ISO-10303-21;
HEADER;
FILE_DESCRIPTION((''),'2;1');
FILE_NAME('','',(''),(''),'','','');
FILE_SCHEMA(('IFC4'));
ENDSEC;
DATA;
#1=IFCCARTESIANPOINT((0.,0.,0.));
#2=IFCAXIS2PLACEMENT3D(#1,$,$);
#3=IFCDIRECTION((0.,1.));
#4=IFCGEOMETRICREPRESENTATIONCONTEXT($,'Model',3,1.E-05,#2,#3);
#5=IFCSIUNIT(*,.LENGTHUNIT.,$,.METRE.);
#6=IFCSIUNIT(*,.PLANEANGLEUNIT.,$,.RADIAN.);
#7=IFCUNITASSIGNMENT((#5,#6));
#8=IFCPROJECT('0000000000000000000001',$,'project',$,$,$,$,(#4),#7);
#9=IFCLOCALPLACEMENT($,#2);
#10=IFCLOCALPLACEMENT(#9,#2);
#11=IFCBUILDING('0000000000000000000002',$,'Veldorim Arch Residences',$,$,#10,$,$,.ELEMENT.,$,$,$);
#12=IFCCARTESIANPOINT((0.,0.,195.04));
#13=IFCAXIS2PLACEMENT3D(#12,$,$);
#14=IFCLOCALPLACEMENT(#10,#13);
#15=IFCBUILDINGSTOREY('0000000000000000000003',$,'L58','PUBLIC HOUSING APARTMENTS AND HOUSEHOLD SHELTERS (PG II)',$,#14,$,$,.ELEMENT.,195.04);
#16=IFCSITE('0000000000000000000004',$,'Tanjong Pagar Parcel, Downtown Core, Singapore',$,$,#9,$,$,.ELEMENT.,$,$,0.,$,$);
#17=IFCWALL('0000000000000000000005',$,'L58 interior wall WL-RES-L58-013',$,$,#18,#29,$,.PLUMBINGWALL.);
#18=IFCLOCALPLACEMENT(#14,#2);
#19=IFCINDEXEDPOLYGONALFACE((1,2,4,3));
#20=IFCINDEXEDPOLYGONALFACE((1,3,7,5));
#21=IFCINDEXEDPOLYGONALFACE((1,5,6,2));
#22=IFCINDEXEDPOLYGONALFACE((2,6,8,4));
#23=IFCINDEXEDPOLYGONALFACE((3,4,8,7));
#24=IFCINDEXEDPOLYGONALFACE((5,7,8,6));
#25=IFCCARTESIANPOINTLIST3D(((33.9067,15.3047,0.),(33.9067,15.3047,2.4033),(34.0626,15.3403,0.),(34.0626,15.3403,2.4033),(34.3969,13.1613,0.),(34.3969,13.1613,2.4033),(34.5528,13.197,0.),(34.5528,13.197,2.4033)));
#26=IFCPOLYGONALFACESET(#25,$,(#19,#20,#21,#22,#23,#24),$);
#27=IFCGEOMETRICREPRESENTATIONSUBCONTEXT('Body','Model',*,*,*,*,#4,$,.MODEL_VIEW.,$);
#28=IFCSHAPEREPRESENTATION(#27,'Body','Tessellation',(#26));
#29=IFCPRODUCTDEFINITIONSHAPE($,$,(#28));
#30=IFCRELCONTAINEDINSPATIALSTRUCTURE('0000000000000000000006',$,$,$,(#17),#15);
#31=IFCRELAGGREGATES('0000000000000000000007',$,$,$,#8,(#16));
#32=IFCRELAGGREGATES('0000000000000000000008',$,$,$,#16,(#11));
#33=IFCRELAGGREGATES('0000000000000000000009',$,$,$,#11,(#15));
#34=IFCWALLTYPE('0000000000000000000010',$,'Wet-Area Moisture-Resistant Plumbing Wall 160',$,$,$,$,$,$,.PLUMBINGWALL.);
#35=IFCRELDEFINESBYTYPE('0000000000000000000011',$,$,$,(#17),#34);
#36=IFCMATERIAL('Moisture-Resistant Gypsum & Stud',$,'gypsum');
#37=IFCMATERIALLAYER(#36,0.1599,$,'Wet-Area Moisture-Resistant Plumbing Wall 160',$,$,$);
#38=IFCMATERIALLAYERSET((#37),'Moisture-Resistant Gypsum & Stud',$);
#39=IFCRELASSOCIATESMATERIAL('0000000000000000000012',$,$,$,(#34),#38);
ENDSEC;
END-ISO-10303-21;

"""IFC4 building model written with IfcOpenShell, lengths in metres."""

from ifc_helpers import new_model, si_unit, direction, frame, frame_2d, origin, place, context, subcontext, project, spatial, rectangle, extrude, material, layer, layer_set, type_object, element, save


model = new_model("IFC4")

# Units and contexts
model_context = context("Model", 3, precision=1e-05, world=origin(), true_north=direction((0.0, 1.0)))
body_context = subcontext(model_context, "Body", "Model", "MODEL_VIEW")
ifc_project = project(units=[si_unit("LENGTHUNIT", "METRE"), si_unit("PLANEANGLEUNIT", "RADIAN")], contexts=[model_context])

# Site, building, storey
site_placement = place(None, origin())
site = spatial("IfcSite", under=ifc_project, at=site_placement, Name="Tanjong Pagar Parcel, Downtown Core, Singapore", CompositionType="ELEMENT", RefElevation=0.0)
building_placement = place(site_placement, origin())
building = spatial("IfcBuilding", under=site, at=building_placement, Name="Veldorim Arch Residences", CompositionType="ELEMENT")
storey_placement = place(building_placement, frame((0.0, 0.0, 195.04)))
storey = spatial("IfcBuildingStorey", under=building, at=storey_placement, Name="L58", Description="PUBLIC HOUSING APARTMENTS AND HOUSEHOLD SHELTERS (PG II)", CompositionType="ELEMENT", Elevation=195.04)

# Shared definitions
ifc_material_1 = material(Name="Moisture-Resistant Gypsum & Stud", Category="gypsum")
ifc_layer_1 = layer(ifc_material_1, 0.1599, Name="Wet-Area Moisture-Resistant Plumbing Wall 160")
ifc_layer_set_1 = layer_set([ifc_layer_1], Name="Moisture-Resistant Gypsum & Stud")
wall_type_1 = type_object("IfcWallType", Name="Wet-Area Moisture-Resistant Plumbing Wall 160", PredefinedType="PLUMBINGWALL", material=ifc_layer_set_1)

# Wall
wall_1_placement = place(storey_placement, frame((33.9846, 15.3225, 0.0), z_axis=(0.0, 0.0, 1.0), x_axis=(0.22297, -0.974825, 0.0)))
element("IfcWall", 1, at=wall_1_placement, inside=storey, type_object=wall_type_1, Name="L58 interior wall WL-RES-L58-013", PredefinedType="PLUMBINGWALL", context=body_context, shape_type="SweptSolid", body=[
    extrude(rectangle(XDim=2.1987, YDim=0.1599, at=frame_2d((1.0994, 0.0))), origin(), (0.0, 0.0, 1.0), 2.4033),
])

save(model, "model.ifc")
